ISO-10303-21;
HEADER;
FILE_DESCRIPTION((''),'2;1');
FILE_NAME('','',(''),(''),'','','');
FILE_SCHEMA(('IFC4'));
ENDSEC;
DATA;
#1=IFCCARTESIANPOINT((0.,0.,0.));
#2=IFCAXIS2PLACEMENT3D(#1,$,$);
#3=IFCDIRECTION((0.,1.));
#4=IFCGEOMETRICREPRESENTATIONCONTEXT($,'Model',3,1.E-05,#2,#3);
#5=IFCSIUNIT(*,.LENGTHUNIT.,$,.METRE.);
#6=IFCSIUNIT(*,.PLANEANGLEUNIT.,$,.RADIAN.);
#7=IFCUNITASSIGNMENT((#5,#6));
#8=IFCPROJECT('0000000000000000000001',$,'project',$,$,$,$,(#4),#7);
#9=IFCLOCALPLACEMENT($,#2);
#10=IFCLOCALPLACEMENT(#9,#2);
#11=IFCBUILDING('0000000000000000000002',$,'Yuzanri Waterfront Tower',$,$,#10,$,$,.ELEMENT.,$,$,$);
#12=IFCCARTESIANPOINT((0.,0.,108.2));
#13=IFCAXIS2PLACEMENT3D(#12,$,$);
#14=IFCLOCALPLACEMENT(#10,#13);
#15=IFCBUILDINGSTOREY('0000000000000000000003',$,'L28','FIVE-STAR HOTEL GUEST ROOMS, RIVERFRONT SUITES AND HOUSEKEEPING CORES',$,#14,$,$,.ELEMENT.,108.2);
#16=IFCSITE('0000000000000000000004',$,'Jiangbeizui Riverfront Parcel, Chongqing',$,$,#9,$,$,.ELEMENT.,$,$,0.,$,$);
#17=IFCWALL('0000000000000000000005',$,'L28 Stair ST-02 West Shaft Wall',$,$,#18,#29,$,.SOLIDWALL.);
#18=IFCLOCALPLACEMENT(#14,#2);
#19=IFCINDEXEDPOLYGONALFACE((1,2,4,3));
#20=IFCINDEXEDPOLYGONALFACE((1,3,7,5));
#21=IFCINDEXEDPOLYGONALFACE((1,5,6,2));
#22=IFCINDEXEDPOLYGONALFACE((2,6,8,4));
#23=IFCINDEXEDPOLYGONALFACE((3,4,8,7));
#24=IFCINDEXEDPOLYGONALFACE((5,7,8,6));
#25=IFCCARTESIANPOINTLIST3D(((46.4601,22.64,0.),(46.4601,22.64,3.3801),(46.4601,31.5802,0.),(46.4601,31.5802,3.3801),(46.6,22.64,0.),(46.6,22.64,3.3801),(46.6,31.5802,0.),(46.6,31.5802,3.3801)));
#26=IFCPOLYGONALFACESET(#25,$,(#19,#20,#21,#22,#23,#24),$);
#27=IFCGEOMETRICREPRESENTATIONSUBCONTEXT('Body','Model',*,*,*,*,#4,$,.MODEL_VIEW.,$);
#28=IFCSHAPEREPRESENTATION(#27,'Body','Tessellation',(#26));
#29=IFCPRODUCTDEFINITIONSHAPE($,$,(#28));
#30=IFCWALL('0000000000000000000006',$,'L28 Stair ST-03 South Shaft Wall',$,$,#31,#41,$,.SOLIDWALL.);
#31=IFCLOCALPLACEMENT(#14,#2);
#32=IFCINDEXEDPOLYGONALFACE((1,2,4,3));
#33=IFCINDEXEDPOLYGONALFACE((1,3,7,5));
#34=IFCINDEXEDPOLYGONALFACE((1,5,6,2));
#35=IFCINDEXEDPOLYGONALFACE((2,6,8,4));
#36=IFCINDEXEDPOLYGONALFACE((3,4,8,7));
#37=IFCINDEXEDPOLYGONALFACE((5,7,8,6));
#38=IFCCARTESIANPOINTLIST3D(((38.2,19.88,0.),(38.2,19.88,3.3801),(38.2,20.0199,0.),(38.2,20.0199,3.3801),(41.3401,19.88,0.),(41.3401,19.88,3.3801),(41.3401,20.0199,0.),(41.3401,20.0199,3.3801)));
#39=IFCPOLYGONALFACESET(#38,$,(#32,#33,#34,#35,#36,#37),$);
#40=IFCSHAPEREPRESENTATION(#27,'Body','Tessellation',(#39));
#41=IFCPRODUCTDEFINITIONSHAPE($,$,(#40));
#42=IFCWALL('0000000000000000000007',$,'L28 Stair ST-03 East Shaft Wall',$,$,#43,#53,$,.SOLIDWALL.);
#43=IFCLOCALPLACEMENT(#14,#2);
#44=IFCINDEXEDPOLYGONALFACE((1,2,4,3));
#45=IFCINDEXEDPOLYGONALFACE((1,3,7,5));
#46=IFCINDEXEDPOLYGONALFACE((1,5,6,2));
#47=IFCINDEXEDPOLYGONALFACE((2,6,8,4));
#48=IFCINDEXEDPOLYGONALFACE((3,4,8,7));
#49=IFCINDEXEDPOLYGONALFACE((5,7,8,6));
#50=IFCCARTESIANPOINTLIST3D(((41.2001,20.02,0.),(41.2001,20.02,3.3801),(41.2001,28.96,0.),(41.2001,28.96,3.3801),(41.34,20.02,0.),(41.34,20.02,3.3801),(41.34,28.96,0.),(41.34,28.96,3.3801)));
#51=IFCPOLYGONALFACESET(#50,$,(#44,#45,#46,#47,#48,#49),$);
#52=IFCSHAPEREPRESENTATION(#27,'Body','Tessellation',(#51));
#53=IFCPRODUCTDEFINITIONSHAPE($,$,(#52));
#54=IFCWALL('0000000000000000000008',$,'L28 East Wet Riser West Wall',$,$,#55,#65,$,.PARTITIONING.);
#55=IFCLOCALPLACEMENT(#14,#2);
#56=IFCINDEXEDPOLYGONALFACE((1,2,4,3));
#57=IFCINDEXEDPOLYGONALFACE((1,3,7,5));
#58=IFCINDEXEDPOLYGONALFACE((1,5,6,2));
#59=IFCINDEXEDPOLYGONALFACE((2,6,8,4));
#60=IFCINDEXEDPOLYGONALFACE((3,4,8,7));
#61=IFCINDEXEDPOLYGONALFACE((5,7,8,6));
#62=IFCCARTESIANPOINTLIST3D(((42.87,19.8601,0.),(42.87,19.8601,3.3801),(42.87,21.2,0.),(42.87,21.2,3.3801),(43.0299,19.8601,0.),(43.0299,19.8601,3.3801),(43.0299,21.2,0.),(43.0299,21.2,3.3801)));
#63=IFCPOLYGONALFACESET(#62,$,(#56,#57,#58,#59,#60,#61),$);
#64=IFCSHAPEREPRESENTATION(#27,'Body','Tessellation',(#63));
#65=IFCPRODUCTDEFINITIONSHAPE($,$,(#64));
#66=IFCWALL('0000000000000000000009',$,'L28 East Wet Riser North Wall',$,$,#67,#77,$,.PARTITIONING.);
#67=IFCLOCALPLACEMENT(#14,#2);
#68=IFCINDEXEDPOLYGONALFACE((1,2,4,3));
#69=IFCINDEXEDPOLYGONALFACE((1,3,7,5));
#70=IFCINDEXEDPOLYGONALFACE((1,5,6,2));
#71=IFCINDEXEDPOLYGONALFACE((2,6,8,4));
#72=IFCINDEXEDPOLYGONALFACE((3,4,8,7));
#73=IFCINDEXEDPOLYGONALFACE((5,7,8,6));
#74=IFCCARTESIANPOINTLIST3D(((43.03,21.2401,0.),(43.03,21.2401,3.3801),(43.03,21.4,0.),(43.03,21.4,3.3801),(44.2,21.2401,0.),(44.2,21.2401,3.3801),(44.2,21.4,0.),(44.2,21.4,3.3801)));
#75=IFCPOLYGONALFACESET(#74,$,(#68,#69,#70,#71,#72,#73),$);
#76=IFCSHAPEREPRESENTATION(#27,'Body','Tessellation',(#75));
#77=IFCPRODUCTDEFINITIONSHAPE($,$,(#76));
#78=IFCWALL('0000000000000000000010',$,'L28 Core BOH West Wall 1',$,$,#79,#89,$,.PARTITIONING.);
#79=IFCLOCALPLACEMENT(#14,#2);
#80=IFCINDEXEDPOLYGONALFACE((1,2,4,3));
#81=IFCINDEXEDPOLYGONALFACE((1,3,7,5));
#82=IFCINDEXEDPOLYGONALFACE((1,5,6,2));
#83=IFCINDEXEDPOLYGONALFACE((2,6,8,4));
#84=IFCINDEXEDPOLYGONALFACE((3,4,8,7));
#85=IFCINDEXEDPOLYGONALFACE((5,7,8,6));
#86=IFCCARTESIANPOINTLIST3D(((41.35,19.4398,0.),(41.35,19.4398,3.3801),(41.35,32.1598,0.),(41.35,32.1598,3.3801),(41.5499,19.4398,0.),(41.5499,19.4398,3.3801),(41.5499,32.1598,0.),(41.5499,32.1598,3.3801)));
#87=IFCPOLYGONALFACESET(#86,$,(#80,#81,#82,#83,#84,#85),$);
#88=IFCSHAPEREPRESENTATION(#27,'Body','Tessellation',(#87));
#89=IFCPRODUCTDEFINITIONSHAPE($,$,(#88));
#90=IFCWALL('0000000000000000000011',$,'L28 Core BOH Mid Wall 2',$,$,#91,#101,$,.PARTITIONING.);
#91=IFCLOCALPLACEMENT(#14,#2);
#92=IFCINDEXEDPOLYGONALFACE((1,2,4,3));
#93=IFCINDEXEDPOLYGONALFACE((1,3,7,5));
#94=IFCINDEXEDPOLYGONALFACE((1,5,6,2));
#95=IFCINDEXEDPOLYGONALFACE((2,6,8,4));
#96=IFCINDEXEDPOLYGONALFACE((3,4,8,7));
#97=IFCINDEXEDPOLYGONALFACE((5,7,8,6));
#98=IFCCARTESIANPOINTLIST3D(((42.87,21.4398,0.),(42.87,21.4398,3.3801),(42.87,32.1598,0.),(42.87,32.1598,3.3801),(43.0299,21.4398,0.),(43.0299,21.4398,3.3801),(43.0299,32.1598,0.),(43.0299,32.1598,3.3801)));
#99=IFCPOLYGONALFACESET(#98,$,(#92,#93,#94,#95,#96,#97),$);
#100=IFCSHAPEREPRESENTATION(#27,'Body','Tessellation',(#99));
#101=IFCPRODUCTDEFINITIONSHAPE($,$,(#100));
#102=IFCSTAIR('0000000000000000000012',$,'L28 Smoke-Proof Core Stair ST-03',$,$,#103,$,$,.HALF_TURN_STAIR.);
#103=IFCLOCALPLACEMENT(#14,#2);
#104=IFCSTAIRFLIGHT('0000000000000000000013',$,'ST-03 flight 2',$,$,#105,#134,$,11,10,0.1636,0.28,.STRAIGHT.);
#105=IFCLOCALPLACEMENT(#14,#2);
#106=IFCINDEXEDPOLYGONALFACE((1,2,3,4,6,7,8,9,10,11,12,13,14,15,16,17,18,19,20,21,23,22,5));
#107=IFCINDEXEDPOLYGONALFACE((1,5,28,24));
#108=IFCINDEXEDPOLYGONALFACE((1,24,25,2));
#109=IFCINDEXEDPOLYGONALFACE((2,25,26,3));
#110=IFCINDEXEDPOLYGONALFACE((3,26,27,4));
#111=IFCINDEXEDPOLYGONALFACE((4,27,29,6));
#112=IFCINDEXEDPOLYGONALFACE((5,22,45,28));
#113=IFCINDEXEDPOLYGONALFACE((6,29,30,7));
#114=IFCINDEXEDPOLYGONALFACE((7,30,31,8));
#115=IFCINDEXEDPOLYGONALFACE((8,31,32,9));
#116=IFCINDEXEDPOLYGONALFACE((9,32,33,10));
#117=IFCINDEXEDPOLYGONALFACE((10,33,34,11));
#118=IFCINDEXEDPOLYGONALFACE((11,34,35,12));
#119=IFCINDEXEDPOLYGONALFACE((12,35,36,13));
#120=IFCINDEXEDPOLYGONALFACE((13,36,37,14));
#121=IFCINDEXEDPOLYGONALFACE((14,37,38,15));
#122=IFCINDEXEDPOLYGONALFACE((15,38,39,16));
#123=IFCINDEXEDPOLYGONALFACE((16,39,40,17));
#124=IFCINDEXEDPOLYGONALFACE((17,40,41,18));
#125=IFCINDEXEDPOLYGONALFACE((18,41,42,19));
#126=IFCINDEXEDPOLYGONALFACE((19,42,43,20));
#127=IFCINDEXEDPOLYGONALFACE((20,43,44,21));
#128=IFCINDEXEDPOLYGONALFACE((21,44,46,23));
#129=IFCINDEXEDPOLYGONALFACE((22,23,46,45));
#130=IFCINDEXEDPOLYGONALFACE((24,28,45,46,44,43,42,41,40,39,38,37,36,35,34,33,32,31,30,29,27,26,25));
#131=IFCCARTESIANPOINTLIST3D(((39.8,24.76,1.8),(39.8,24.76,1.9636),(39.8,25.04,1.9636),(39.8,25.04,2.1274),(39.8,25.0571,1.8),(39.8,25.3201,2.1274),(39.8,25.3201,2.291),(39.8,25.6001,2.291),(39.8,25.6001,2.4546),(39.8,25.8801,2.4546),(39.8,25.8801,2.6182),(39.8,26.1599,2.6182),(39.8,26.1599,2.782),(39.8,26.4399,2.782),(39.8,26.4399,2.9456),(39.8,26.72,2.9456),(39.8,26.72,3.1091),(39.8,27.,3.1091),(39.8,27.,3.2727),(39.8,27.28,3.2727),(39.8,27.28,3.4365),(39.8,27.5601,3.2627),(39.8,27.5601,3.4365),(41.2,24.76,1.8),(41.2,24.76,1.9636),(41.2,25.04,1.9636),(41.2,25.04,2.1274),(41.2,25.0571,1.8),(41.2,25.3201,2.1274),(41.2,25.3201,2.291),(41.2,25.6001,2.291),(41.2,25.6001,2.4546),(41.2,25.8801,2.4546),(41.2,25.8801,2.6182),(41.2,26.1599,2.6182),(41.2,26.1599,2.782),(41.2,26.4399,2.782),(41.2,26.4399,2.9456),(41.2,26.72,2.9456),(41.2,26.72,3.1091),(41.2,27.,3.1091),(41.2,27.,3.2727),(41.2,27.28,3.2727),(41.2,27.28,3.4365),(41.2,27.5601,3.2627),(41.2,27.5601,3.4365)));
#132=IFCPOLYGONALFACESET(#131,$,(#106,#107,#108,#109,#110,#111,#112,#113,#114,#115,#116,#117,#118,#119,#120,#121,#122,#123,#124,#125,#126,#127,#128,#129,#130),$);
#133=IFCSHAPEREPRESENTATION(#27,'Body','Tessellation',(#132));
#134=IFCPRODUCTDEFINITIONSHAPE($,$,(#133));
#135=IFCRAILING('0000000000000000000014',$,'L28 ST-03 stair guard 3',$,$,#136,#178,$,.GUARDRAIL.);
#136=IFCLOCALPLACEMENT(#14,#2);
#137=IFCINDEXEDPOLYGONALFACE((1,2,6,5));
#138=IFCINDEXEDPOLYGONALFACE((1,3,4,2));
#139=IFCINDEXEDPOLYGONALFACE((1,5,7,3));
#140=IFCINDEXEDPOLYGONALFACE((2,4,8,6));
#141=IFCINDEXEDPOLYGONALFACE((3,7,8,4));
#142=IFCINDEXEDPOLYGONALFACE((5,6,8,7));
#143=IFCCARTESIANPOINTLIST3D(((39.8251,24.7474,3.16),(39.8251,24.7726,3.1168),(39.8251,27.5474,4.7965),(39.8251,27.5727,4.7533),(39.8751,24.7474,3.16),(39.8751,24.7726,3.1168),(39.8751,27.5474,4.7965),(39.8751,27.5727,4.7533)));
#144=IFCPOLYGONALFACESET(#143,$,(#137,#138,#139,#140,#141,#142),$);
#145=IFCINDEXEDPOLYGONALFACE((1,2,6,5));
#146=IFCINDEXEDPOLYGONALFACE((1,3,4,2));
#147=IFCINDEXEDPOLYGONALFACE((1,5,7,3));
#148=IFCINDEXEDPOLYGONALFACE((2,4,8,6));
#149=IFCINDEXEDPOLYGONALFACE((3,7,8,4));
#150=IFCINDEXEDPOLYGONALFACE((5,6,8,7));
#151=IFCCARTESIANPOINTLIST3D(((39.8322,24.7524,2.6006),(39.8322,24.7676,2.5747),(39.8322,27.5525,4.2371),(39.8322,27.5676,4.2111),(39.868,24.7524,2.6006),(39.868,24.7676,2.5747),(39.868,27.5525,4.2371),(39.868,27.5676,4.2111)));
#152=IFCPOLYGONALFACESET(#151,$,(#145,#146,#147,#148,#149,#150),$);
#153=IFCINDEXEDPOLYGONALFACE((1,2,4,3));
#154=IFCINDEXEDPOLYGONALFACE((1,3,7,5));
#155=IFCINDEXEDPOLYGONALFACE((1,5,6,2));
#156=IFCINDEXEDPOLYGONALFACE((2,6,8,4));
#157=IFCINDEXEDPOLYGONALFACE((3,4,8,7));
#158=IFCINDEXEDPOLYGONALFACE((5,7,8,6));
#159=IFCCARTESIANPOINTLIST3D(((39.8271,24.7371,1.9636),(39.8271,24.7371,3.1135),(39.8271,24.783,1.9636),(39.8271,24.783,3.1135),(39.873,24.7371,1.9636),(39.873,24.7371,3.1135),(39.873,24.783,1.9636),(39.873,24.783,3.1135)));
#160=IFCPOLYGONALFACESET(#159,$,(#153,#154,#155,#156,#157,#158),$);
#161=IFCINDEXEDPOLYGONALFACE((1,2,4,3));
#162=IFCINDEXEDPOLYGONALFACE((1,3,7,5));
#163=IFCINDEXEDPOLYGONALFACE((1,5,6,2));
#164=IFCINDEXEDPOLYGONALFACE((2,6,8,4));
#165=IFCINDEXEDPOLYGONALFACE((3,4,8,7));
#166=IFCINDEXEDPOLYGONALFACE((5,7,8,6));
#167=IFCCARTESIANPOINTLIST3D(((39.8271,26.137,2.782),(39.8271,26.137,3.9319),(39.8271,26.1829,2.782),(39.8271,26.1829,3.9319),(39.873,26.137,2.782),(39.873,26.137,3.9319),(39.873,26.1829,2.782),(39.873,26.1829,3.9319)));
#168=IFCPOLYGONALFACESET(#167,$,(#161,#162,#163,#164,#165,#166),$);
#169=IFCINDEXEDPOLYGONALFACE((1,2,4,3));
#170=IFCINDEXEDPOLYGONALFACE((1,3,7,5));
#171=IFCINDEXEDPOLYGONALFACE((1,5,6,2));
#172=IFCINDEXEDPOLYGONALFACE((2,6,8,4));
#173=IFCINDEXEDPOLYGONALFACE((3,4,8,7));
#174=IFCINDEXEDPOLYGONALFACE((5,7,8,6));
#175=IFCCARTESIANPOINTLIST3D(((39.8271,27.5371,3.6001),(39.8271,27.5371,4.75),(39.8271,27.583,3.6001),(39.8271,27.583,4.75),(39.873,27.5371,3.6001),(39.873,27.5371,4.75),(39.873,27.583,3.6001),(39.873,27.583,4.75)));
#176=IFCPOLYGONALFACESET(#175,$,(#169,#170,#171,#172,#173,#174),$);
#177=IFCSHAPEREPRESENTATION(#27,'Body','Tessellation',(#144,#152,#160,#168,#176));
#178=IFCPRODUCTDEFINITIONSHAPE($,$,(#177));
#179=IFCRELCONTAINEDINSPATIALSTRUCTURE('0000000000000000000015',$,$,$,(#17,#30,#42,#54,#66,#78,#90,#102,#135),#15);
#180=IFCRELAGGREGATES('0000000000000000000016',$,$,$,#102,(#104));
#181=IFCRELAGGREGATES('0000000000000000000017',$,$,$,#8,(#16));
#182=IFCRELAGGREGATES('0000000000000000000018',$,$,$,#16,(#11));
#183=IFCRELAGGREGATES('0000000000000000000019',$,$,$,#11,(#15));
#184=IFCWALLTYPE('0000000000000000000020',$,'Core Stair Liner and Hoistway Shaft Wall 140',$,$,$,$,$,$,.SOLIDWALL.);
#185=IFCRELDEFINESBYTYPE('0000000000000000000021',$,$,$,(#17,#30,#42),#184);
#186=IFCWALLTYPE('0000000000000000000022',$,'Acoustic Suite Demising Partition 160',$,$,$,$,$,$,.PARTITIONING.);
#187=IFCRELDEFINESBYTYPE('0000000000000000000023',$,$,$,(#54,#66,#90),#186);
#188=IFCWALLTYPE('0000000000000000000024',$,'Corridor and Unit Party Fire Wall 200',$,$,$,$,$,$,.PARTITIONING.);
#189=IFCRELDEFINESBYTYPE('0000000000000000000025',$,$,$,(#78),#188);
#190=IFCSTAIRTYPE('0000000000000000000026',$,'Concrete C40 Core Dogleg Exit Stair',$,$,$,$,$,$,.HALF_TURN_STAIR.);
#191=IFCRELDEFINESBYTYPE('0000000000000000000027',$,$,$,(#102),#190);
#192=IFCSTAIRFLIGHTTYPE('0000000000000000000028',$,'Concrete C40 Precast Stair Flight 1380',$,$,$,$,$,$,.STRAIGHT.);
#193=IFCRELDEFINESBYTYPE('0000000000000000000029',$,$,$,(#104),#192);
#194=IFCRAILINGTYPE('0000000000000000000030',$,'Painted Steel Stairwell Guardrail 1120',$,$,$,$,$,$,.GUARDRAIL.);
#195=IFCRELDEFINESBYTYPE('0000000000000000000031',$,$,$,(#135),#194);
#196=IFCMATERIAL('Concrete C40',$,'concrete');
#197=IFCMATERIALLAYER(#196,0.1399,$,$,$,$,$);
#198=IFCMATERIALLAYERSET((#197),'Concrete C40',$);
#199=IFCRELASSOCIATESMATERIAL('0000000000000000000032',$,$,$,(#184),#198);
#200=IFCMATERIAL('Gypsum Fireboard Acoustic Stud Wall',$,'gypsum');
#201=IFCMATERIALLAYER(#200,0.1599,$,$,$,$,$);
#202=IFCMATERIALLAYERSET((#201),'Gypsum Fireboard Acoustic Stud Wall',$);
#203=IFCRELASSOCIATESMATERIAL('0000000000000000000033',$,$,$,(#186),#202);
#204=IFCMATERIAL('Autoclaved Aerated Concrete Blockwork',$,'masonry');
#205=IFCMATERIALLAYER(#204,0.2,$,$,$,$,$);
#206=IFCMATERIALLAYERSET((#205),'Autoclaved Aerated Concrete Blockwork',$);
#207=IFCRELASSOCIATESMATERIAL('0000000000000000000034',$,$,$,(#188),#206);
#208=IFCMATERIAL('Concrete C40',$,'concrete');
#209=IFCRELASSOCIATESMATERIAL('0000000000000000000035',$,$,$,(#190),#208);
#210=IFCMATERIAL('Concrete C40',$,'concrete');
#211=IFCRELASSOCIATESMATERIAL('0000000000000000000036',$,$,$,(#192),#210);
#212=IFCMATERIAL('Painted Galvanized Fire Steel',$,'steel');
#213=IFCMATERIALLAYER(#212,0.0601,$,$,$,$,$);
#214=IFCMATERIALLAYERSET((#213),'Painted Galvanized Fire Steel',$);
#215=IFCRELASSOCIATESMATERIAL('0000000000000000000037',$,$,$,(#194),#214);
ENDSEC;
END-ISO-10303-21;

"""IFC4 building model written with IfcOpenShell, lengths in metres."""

from ifc_helpers import new_model, si_unit, direction, frame, frame_2d, origin, origin_2d, place, context, subcontext, project, spatial, polyline, rectangle, outline, extrude, source, transform, mapped, material, layer, layer_set, type_object, element, aggregate, save


model = new_model("IFC4")

# Units and contexts
model_context = context("Model", 3, precision=1e-05, world=origin(), true_north=direction((0.0, 1.0)))
body_context = subcontext(model_context, "Body", "Model", "MODEL_VIEW")
ifc_project = project(units=[si_unit("LENGTHUNIT", "METRE"), si_unit("PLANEANGLEUNIT", "RADIAN")], contexts=[model_context])

# Site, building, storey
site_placement = place(None, origin())
site = spatial("IfcSite", under=ifc_project, at=site_placement, Name="Jiangbeizui Riverfront Parcel, Chongqing", CompositionType="ELEMENT", RefElevation=0.0)
building_placement = place(site_placement, origin())
building = spatial("IfcBuilding", under=site, at=building_placement, Name="Yuzanri Waterfront Tower", CompositionType="ELEMENT")
storey_placement = place(building_placement, frame((0.0, 0.0, 108.2)))
storey = spatial("IfcBuildingStorey", under=building, at=storey_placement, Name="L28", Description="FIVE-STAR HOTEL GUEST ROOMS, RIVERFRONT SUITES AND HOUSEKEEPING CORES", CompositionType="ELEMENT", Elevation=108.2)

# Shared definitions
ifc_material_1 = material(Name="Concrete C40", Category="concrete")
ifc_layer_1 = layer(ifc_material_1, 0.1399)
ifc_layer_set_1 = layer_set([ifc_layer_1], Name="Concrete C40")
wall_type_1 = type_object("IfcWallType", Name="Core Stair Liner and Hoistway Shaft Wall 140", PredefinedType="SOLIDWALL", material=ifc_layer_set_1)

# Walls
shared_shape_1 = source(origin(), body_context, "Body", "SweptSolid", [
    extrude(rectangle(XDim=8.9402, YDim=0.1399, at=frame_2d((4.4702, 0.0))), origin(), (0.0, 0.0, 1.0), 3.3801),
])
wall_1_placement = place(storey_placement, frame((46.53, 22.6399, 0.0), z_axis=(0.0, 0.0, 1.0), x_axis=(0.0, 1.0, 0.0)))
element("IfcWall", 1, at=wall_1_placement, inside=storey, type_object=wall_type_1, Name="L28 Stair ST-02 West Shaft Wall", PredefinedType="SOLIDWALL", context=body_context, shape_type="MappedRepresentation", body=[
    mapped(shared_shape_1, transform((0.0, 0.0, 0.0), scale=1.0)),
])
shared_shape_2 = source(origin(), body_context, "Body", "SweptSolid", [
    extrude(rectangle(XDim=3.1401, YDim=0.1399, at=frame_2d((1.5701, 0.0))), origin(), (0.0, 0.0, 1.0), 3.3801),
])
wall_2_placement = place(storey_placement, frame((38.2, 19.95, 0.0), z_axis=(0.0, 0.0, 1.0), x_axis=(1.0, 0.0, 0.0)))
element("IfcWall", 2, at=wall_2_placement, inside=storey, type_object=wall_type_1, Name="L28 Stair ST-03 South Shaft Wall", PredefinedType="SOLIDWALL", context=body_context, shape_type="MappedRepresentation", body=[
    mapped(shared_shape_2, transform((0.0, 0.0, 0.0), scale=1.0)),
])
shared_shape_3 = source(origin(), body_context, "Body", "SweptSolid", [
    extrude(rectangle(XDim=8.9399, YDim=0.1399, at=frame_2d((4.47, 0.0))), origin(), (0.0, 0.0, 1.0), 3.3801),
])
wall_3_placement = place(storey_placement, frame((41.27, 20.02, 0.0), z_axis=(0.0, 0.0, 1.0), x_axis=(0.0, 1.0, 0.0)))
element("IfcWall", 3, at=wall_3_placement, inside=storey, type_object=wall_type_1, Name="L28 Stair ST-03 East Shaft Wall", PredefinedType="SOLIDWALL", context=body_context, shape_type="MappedRepresentation", body=[
    mapped(shared_shape_3, transform((0.0, 0.0, 0.0), scale=1.0)),
])
ifc_material_2 = material(Name="Gypsum Fireboard Acoustic Stud Wall", Category="gypsum")
ifc_layer_2 = layer(ifc_material_2, 0.1599)
ifc_layer_set_2 = layer_set([ifc_layer_2], Name="Gypsum Fireboard Acoustic Stud Wall")
wall_type_2 = type_object("IfcWallType", Name="Acoustic Suite Demising Partition 160", PredefinedType="PARTITIONING", material=ifc_layer_set_2)
shared_shape_4 = source(origin(), body_context, "Body", "SweptSolid", [
    extrude(rectangle(XDim=1.3398, YDim=0.1599, at=frame_2d((0.6699, 0.0))), origin(), (0.0, 0.0, 1.0), 3.3801),
])
wall_4_placement = place(storey_placement, frame((42.95, 19.8601, 0.0), z_axis=(0.0, 0.0, 1.0), x_axis=(0.0, 1.0, 0.0)))
element("IfcWall", 4, at=wall_4_placement, inside=storey, type_object=wall_type_2, Name="L28 East Wet Riser West Wall", PredefinedType="PARTITIONING", context=body_context, shape_type="MappedRepresentation", body=[
    mapped(shared_shape_4, transform((0.0, 0.0, 0.0), scale=1.0)),
])
shared_shape_5 = source(origin(), body_context, "Body", "SweptSolid", [
    extrude(rectangle(XDim=1.1699, YDim=0.1599, at=frame_2d((0.585, 0.0))), origin(), (0.0, 0.0, 1.0), 3.3801),
])
wall_5_placement = place(storey_placement, frame((43.03, 21.3201, 0.0), z_axis=(0.0, 0.0, 1.0), x_axis=(1.0, 0.0, 0.0)))
element("IfcWall", 5, at=wall_5_placement, inside=storey, type_object=wall_type_2, Name="L28 East Wet Riser North Wall", PredefinedType="PARTITIONING", context=body_context, shape_type="MappedRepresentation", body=[
    mapped(shared_shape_5, transform((0.0, 0.0, 0.0), scale=1.0)),
])
ifc_material_3 = material(Name="Autoclaved Aerated Concrete Blockwork", Category="masonry")
ifc_layer_3 = layer(ifc_material_3, 0.2)
ifc_layer_set_3 = layer_set([ifc_layer_3], Name="Autoclaved Aerated Concrete Blockwork")
wall_type_3 = type_object("IfcWallType", Name="Corridor and Unit Party Fire Wall 200", PredefinedType="PARTITIONING", material=ifc_layer_set_3)
shared_shape_6 = source(origin(), body_context, "Body", "SweptSolid", [
    extrude(rectangle(XDim=12.72, YDim=0.2, at=frame_2d((6.3599, 0.0))), origin(), (0.0, 0.0, 1.0), 3.3801),
])
wall_6_placement = place(storey_placement, frame((41.45, 19.4399, 0.0), z_axis=(0.0, 0.0, 1.0), x_axis=(0.0, 1.0, 0.0)))
element("IfcWall", 6, at=wall_6_placement, inside=storey, type_object=wall_type_3, Name="L28 Core BOH West Wall 1", PredefinedType="PARTITIONING", context=body_context, shape_type="MappedRepresentation", body=[
    mapped(shared_shape_6, transform((0.0, 0.0, 0.0), scale=1.0)),
])
shared_shape_7 = source(origin(), body_context, "Body", "SweptSolid", [
    extrude(rectangle(XDim=10.72, YDim=0.1599, at=frame_2d((5.3599, 0.0))), origin(), (0.0, 0.0, 1.0), 3.3801),
])
wall_7_placement = place(storey_placement, frame((42.95, 21.4399, 0.0), z_axis=(0.0, 0.0, 1.0), x_axis=(0.0, 1.0, 0.0)))
element("IfcWall", 7, at=wall_7_placement, inside=storey, type_object=wall_type_2, Name="L28 Core BOH Mid Wall 2", PredefinedType="PARTITIONING", context=body_context, shape_type="MappedRepresentation", body=[
    mapped(shared_shape_7, transform((0.0, 0.0, 0.0), scale=1.0)),
])

# Stair, stair flight
ifc_material_4 = material(Name="Concrete C40", Category="concrete")
stair_type = type_object("IfcStairType", Name="Concrete C40 Core Dogleg Exit Stair", PredefinedType="HALF_TURN_STAIR", material=ifc_material_4)
stair_placement = place(storey_placement, origin())
stair = element("IfcStair", 8, at=stair_placement, inside=storey, type_object=stair_type, Name="L28 Smoke-Proof Core Stair ST-03", PredefinedType="HALF_TURN_STAIR")
ifc_material_5 = material(Name="Concrete C40", Category="concrete")
stair_flight_type = type_object("IfcStairFlightType", Name="Concrete C40 Precast Stair Flight 1380", PredefinedType="STRAIGHT", material=ifc_material_5)
shared_shape_8 = source(origin(), body_context, "Body", "SweptSolid", [
    extrude(outline(polyline([(0.0, 0.0), (0.0, 0.1636), (0.28, 0.1636), (0.28, 0.3274), (0.5601, 0.3274), (0.5601, 0.491), (0.8401, 0.491), (0.8401, 0.6545), (1.1201, 0.6545), (1.1201, 0.8181), (1.3999, 0.8181), (1.3999, 0.9819), (1.6799, 0.9819), (1.6799, 1.1455), (1.96, 1.1455), (1.96, 1.3091), (2.24, 1.3091), (2.24, 1.4727), (2.52, 1.4727), (2.52, 1.6365), (2.8, 1.6365), (2.8, 1.8), (2.8, 1.4626), (0.2971, 0.0), (0.0, 0.0)])), frame((0.0, 0.7, 0.0), z_axis=(0.0, -1.0, 0.0), x_axis=(1.0, 0.0, 0.0)), (0.0, 0.0, 1.0), 1.3999),
])
stair_flight_placement = place(storey_placement, frame((40.5, 24.76, 1.8), z_axis=(0.0, 0.0, 1.0), x_axis=(0.0, 1.0, 0.0)))
stair_flight = element("IfcStairFlight", 9, at=stair_flight_placement, type_object=stair_flight_type, Name="ST-03 flight 2", NumberOfRisers=11, NumberOfTreads=10, PredefinedType="STRAIGHT", RiserHeight=0.1636, TreadLength=0.28, context=body_context, shape_type="MappedRepresentation", body=[
    mapped(shared_shape_8, transform((0.0, 0.0, 0.0), scale=1.0)),
])
aggregate(stair, [stair_flight])

# Railing
ifc_material_6 = material(Name="Painted Galvanized Fire Steel", Category="steel")
ifc_layer_4 = layer(ifc_material_6, 0.0601)
ifc_layer_set_4 = layer_set([ifc_layer_4], Name="Painted Galvanized Fire Steel")
railing_type_1 = type_object("IfcRailingType", Name="Painted Steel Stairwell Guardrail 1120", PredefinedType="GUARDRAIL", material=ifc_layer_set_4)
shared_shape_9 = source(origin(), body_context, "Body", "SweptSolid", [
    extrude(rectangle(XDim=0.05, YDim=0.05, at=origin_2d()), frame((0.0, 0.0, 1.1748), z_axis=(0.0, 0.863361, 0.504587), x_axis=(-1.0, 0.0, 0.0)), (0.0, 0.0, 1.0), 3.2432),
    extrude(rectangle(XDim=0.0359, YDim=0.03, at=origin_2d()), frame((0.0, 0.0, 0.624), z_axis=(0.0, 0.863361, 0.504587), x_axis=(-1.0, 0.0, 0.0)), (0.0, 0.0, 1.0), 3.2432),
    extrude(rectangle(XDim=0.0459, YDim=0.0459, at=origin_2d()), origin(), (0.0, 0.0, 1.0), 1.1499),
    extrude(rectangle(XDim=0.0459, YDim=0.0459, at=origin_2d()), frame((0.0, 1.3999, 0.8184)), (0.0, 0.0, 1.0), 1.1499),
    extrude(rectangle(XDim=0.0459, YDim=0.0459, at=origin_2d()), frame((0.0, 2.8, 1.6365)), (0.0, 0.0, 1.0), 1.1499),
])
railing_1_placement = place(storey_placement, frame((39.8501, 24.76, 1.9636)))
element("IfcRailing", 10, at=railing_1_placement, inside=storey, type_object=railing_type_1, Name="L28 ST-03 stair guard 3", PredefinedType="GUARDRAIL", context=body_context, shape_type="MappedRepresentation", body=[
    mapped(shared_shape_9, transform((0.0, 0.0, 0.0), scale=1.0)),
])

save(model, "model.ifc")
